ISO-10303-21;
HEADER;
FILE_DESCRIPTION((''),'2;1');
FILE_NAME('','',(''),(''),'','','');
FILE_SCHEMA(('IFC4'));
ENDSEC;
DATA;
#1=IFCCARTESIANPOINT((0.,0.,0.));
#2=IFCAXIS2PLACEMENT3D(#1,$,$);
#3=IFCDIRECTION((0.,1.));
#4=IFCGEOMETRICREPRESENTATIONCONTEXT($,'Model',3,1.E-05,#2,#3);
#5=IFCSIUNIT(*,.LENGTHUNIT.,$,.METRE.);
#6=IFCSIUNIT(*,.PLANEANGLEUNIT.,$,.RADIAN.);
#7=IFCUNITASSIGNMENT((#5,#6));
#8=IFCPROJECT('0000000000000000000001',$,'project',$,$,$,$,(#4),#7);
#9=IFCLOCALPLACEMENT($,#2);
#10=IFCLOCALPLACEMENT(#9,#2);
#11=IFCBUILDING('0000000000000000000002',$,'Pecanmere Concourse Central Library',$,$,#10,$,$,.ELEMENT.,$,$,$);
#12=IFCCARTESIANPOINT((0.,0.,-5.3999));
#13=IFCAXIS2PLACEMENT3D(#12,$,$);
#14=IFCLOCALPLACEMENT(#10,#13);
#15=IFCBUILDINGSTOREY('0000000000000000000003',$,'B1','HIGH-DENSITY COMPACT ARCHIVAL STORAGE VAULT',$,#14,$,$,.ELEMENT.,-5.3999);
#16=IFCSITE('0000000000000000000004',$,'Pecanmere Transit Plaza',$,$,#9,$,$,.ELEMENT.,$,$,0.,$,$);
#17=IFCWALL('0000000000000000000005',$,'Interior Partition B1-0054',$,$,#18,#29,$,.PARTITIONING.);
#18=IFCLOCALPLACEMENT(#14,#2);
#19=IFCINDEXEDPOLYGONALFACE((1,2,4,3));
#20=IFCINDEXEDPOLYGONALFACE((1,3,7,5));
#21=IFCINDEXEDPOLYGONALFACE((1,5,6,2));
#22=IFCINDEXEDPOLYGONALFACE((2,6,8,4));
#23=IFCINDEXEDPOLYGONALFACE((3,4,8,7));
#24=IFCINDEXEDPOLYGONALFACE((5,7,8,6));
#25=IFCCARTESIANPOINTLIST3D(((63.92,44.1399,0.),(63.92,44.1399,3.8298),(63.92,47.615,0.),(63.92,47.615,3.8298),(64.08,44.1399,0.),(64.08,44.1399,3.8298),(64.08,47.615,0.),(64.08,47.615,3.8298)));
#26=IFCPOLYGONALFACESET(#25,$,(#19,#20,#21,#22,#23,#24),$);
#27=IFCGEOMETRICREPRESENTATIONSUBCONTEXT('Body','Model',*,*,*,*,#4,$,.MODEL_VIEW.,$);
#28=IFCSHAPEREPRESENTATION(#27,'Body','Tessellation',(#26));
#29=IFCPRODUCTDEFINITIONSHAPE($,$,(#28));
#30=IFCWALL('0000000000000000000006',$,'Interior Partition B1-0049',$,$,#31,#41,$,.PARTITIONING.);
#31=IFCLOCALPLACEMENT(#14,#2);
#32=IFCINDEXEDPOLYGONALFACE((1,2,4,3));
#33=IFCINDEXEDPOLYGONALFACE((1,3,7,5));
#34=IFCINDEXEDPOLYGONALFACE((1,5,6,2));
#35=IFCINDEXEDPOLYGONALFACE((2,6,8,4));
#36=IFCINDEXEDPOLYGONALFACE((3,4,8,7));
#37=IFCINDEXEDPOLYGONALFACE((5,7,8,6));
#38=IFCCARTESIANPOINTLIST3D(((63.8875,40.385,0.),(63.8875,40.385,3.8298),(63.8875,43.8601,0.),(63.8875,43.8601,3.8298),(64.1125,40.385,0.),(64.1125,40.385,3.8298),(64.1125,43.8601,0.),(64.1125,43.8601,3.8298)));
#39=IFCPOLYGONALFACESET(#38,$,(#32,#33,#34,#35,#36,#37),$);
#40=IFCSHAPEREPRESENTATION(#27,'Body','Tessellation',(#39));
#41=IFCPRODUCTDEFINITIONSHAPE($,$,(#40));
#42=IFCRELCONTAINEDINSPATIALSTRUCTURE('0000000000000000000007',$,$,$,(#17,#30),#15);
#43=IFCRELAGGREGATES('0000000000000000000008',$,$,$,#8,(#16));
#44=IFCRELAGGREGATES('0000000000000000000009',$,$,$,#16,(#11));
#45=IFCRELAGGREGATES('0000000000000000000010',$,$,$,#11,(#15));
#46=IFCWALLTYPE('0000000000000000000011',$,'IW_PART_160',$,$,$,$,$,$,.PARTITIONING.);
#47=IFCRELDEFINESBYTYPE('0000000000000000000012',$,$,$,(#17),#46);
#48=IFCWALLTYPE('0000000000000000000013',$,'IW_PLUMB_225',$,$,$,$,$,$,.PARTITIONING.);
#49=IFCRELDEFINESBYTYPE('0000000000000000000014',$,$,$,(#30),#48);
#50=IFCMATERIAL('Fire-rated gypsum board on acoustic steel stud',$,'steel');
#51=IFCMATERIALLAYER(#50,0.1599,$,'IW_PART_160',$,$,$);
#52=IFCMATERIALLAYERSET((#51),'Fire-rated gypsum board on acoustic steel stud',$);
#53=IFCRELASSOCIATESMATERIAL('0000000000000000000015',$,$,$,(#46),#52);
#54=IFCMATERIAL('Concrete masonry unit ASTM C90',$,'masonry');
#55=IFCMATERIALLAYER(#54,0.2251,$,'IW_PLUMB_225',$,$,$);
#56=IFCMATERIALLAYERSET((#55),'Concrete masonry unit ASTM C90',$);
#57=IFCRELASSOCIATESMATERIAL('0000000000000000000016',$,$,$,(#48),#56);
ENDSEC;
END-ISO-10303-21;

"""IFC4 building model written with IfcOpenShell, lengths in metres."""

from ifc_helpers import new_model, si_unit, direction, frame, frame_2d, origin, place, context, subcontext, project, spatial, rectangle, extrude, material, layer, layer_set, type_object, element, save


model = new_model("IFC4")

# Units and contexts
model_context = context("Model", 3, precision=1e-05, world=origin(), true_north=direction((0.0, 1.0)))
body_context = subcontext(model_context, "Body", "Model", "MODEL_VIEW")
ifc_project = project(units=[si_unit("LENGTHUNIT", "METRE"), si_unit("PLANEANGLEUNIT", "RADIAN")], contexts=[model_context])

# Site, building, storey
site_placement = place(None, origin())
site = spatial("IfcSite", under=ifc_project, at=site_placement, Name="Pecanmere Transit Plaza", CompositionType="ELEMENT", RefElevation=0.0)
building_placement = place(site_placement, origin())
building = spatial("IfcBuilding", under=site, at=building_placement, Name="Pecanmere Concourse Central Library", CompositionType="ELEMENT")
storey_placement = place(building_placement, frame((0.0, 0.0, -5.3999)))
storey = spatial("IfcBuildingStorey", under=building, at=storey_placement, Name="B1", Description="HIGH-DENSITY COMPACT ARCHIVAL STORAGE VAULT", CompositionType="ELEMENT", Elevation=-5.3999)

# Walls
ifc_material_1 = material(Name="Fire-rated gypsum board on acoustic steel stud", Category="steel")
ifc_layer_1 = layer(ifc_material_1, 0.1599, Name="IW_PART_160")
ifc_layer_set_1 = layer_set([ifc_layer_1], Name="Fire-rated gypsum board on acoustic steel stud")
wall_type_1 = type_object("IfcWallType", Name="IW_PART_160", PredefinedType="PARTITIONING", material=ifc_layer_set_1)
wall_1_placement = place(storey_placement, frame((64.0, 44.1399, 0.0), z_axis=(0.0, 0.0, 1.0), x_axis=(0.0, 1.0, 0.0)))
element("IfcWall", 1, at=wall_1_placement, inside=storey, type_object=wall_type_1, Name="Interior Partition B1-0054", PredefinedType="PARTITIONING", context=body_context, shape_type="SweptSolid", body=[
    extrude(rectangle(XDim=3.4751, YDim=0.1599, at=frame_2d((1.7375, 0.0))), origin(), (0.0, 0.0, 1.0), 3.8298),
])
ifc_material_2 = material(Name="Concrete masonry unit ASTM C90", Category="masonry")
ifc_layer_2 = layer(ifc_material_2, 0.2251, Name="IW_PLUMB_225")
ifc_layer_set_2 = layer_set([ifc_layer_2], Name="Concrete masonry unit ASTM C90")
wall_type_2 = type_object("IfcWallType", Name="IW_PLUMB_225", PredefinedType="PARTITIONING", material=ifc_layer_set_2)
wall_2_placement = place(storey_placement, frame((64.0, 40.385, 0.0), z_axis=(0.0, 0.0, 1.0), x_axis=(0.0, 1.0, 0.0)))
element("IfcWall", 2, at=wall_2_placement, inside=storey, type_object=wall_type_2, Name="Interior Partition B1-0049", PredefinedType="PARTITIONING", context=body_context, shape_type="SweptSolid", body=[
    extrude(rectangle(XDim=3.4751, YDim=0.2251, at=frame_2d((1.7375, 0.0))), origin(), (0.0, 0.0, 1.0), 3.8298),
])

save(model, "model.ifc")
